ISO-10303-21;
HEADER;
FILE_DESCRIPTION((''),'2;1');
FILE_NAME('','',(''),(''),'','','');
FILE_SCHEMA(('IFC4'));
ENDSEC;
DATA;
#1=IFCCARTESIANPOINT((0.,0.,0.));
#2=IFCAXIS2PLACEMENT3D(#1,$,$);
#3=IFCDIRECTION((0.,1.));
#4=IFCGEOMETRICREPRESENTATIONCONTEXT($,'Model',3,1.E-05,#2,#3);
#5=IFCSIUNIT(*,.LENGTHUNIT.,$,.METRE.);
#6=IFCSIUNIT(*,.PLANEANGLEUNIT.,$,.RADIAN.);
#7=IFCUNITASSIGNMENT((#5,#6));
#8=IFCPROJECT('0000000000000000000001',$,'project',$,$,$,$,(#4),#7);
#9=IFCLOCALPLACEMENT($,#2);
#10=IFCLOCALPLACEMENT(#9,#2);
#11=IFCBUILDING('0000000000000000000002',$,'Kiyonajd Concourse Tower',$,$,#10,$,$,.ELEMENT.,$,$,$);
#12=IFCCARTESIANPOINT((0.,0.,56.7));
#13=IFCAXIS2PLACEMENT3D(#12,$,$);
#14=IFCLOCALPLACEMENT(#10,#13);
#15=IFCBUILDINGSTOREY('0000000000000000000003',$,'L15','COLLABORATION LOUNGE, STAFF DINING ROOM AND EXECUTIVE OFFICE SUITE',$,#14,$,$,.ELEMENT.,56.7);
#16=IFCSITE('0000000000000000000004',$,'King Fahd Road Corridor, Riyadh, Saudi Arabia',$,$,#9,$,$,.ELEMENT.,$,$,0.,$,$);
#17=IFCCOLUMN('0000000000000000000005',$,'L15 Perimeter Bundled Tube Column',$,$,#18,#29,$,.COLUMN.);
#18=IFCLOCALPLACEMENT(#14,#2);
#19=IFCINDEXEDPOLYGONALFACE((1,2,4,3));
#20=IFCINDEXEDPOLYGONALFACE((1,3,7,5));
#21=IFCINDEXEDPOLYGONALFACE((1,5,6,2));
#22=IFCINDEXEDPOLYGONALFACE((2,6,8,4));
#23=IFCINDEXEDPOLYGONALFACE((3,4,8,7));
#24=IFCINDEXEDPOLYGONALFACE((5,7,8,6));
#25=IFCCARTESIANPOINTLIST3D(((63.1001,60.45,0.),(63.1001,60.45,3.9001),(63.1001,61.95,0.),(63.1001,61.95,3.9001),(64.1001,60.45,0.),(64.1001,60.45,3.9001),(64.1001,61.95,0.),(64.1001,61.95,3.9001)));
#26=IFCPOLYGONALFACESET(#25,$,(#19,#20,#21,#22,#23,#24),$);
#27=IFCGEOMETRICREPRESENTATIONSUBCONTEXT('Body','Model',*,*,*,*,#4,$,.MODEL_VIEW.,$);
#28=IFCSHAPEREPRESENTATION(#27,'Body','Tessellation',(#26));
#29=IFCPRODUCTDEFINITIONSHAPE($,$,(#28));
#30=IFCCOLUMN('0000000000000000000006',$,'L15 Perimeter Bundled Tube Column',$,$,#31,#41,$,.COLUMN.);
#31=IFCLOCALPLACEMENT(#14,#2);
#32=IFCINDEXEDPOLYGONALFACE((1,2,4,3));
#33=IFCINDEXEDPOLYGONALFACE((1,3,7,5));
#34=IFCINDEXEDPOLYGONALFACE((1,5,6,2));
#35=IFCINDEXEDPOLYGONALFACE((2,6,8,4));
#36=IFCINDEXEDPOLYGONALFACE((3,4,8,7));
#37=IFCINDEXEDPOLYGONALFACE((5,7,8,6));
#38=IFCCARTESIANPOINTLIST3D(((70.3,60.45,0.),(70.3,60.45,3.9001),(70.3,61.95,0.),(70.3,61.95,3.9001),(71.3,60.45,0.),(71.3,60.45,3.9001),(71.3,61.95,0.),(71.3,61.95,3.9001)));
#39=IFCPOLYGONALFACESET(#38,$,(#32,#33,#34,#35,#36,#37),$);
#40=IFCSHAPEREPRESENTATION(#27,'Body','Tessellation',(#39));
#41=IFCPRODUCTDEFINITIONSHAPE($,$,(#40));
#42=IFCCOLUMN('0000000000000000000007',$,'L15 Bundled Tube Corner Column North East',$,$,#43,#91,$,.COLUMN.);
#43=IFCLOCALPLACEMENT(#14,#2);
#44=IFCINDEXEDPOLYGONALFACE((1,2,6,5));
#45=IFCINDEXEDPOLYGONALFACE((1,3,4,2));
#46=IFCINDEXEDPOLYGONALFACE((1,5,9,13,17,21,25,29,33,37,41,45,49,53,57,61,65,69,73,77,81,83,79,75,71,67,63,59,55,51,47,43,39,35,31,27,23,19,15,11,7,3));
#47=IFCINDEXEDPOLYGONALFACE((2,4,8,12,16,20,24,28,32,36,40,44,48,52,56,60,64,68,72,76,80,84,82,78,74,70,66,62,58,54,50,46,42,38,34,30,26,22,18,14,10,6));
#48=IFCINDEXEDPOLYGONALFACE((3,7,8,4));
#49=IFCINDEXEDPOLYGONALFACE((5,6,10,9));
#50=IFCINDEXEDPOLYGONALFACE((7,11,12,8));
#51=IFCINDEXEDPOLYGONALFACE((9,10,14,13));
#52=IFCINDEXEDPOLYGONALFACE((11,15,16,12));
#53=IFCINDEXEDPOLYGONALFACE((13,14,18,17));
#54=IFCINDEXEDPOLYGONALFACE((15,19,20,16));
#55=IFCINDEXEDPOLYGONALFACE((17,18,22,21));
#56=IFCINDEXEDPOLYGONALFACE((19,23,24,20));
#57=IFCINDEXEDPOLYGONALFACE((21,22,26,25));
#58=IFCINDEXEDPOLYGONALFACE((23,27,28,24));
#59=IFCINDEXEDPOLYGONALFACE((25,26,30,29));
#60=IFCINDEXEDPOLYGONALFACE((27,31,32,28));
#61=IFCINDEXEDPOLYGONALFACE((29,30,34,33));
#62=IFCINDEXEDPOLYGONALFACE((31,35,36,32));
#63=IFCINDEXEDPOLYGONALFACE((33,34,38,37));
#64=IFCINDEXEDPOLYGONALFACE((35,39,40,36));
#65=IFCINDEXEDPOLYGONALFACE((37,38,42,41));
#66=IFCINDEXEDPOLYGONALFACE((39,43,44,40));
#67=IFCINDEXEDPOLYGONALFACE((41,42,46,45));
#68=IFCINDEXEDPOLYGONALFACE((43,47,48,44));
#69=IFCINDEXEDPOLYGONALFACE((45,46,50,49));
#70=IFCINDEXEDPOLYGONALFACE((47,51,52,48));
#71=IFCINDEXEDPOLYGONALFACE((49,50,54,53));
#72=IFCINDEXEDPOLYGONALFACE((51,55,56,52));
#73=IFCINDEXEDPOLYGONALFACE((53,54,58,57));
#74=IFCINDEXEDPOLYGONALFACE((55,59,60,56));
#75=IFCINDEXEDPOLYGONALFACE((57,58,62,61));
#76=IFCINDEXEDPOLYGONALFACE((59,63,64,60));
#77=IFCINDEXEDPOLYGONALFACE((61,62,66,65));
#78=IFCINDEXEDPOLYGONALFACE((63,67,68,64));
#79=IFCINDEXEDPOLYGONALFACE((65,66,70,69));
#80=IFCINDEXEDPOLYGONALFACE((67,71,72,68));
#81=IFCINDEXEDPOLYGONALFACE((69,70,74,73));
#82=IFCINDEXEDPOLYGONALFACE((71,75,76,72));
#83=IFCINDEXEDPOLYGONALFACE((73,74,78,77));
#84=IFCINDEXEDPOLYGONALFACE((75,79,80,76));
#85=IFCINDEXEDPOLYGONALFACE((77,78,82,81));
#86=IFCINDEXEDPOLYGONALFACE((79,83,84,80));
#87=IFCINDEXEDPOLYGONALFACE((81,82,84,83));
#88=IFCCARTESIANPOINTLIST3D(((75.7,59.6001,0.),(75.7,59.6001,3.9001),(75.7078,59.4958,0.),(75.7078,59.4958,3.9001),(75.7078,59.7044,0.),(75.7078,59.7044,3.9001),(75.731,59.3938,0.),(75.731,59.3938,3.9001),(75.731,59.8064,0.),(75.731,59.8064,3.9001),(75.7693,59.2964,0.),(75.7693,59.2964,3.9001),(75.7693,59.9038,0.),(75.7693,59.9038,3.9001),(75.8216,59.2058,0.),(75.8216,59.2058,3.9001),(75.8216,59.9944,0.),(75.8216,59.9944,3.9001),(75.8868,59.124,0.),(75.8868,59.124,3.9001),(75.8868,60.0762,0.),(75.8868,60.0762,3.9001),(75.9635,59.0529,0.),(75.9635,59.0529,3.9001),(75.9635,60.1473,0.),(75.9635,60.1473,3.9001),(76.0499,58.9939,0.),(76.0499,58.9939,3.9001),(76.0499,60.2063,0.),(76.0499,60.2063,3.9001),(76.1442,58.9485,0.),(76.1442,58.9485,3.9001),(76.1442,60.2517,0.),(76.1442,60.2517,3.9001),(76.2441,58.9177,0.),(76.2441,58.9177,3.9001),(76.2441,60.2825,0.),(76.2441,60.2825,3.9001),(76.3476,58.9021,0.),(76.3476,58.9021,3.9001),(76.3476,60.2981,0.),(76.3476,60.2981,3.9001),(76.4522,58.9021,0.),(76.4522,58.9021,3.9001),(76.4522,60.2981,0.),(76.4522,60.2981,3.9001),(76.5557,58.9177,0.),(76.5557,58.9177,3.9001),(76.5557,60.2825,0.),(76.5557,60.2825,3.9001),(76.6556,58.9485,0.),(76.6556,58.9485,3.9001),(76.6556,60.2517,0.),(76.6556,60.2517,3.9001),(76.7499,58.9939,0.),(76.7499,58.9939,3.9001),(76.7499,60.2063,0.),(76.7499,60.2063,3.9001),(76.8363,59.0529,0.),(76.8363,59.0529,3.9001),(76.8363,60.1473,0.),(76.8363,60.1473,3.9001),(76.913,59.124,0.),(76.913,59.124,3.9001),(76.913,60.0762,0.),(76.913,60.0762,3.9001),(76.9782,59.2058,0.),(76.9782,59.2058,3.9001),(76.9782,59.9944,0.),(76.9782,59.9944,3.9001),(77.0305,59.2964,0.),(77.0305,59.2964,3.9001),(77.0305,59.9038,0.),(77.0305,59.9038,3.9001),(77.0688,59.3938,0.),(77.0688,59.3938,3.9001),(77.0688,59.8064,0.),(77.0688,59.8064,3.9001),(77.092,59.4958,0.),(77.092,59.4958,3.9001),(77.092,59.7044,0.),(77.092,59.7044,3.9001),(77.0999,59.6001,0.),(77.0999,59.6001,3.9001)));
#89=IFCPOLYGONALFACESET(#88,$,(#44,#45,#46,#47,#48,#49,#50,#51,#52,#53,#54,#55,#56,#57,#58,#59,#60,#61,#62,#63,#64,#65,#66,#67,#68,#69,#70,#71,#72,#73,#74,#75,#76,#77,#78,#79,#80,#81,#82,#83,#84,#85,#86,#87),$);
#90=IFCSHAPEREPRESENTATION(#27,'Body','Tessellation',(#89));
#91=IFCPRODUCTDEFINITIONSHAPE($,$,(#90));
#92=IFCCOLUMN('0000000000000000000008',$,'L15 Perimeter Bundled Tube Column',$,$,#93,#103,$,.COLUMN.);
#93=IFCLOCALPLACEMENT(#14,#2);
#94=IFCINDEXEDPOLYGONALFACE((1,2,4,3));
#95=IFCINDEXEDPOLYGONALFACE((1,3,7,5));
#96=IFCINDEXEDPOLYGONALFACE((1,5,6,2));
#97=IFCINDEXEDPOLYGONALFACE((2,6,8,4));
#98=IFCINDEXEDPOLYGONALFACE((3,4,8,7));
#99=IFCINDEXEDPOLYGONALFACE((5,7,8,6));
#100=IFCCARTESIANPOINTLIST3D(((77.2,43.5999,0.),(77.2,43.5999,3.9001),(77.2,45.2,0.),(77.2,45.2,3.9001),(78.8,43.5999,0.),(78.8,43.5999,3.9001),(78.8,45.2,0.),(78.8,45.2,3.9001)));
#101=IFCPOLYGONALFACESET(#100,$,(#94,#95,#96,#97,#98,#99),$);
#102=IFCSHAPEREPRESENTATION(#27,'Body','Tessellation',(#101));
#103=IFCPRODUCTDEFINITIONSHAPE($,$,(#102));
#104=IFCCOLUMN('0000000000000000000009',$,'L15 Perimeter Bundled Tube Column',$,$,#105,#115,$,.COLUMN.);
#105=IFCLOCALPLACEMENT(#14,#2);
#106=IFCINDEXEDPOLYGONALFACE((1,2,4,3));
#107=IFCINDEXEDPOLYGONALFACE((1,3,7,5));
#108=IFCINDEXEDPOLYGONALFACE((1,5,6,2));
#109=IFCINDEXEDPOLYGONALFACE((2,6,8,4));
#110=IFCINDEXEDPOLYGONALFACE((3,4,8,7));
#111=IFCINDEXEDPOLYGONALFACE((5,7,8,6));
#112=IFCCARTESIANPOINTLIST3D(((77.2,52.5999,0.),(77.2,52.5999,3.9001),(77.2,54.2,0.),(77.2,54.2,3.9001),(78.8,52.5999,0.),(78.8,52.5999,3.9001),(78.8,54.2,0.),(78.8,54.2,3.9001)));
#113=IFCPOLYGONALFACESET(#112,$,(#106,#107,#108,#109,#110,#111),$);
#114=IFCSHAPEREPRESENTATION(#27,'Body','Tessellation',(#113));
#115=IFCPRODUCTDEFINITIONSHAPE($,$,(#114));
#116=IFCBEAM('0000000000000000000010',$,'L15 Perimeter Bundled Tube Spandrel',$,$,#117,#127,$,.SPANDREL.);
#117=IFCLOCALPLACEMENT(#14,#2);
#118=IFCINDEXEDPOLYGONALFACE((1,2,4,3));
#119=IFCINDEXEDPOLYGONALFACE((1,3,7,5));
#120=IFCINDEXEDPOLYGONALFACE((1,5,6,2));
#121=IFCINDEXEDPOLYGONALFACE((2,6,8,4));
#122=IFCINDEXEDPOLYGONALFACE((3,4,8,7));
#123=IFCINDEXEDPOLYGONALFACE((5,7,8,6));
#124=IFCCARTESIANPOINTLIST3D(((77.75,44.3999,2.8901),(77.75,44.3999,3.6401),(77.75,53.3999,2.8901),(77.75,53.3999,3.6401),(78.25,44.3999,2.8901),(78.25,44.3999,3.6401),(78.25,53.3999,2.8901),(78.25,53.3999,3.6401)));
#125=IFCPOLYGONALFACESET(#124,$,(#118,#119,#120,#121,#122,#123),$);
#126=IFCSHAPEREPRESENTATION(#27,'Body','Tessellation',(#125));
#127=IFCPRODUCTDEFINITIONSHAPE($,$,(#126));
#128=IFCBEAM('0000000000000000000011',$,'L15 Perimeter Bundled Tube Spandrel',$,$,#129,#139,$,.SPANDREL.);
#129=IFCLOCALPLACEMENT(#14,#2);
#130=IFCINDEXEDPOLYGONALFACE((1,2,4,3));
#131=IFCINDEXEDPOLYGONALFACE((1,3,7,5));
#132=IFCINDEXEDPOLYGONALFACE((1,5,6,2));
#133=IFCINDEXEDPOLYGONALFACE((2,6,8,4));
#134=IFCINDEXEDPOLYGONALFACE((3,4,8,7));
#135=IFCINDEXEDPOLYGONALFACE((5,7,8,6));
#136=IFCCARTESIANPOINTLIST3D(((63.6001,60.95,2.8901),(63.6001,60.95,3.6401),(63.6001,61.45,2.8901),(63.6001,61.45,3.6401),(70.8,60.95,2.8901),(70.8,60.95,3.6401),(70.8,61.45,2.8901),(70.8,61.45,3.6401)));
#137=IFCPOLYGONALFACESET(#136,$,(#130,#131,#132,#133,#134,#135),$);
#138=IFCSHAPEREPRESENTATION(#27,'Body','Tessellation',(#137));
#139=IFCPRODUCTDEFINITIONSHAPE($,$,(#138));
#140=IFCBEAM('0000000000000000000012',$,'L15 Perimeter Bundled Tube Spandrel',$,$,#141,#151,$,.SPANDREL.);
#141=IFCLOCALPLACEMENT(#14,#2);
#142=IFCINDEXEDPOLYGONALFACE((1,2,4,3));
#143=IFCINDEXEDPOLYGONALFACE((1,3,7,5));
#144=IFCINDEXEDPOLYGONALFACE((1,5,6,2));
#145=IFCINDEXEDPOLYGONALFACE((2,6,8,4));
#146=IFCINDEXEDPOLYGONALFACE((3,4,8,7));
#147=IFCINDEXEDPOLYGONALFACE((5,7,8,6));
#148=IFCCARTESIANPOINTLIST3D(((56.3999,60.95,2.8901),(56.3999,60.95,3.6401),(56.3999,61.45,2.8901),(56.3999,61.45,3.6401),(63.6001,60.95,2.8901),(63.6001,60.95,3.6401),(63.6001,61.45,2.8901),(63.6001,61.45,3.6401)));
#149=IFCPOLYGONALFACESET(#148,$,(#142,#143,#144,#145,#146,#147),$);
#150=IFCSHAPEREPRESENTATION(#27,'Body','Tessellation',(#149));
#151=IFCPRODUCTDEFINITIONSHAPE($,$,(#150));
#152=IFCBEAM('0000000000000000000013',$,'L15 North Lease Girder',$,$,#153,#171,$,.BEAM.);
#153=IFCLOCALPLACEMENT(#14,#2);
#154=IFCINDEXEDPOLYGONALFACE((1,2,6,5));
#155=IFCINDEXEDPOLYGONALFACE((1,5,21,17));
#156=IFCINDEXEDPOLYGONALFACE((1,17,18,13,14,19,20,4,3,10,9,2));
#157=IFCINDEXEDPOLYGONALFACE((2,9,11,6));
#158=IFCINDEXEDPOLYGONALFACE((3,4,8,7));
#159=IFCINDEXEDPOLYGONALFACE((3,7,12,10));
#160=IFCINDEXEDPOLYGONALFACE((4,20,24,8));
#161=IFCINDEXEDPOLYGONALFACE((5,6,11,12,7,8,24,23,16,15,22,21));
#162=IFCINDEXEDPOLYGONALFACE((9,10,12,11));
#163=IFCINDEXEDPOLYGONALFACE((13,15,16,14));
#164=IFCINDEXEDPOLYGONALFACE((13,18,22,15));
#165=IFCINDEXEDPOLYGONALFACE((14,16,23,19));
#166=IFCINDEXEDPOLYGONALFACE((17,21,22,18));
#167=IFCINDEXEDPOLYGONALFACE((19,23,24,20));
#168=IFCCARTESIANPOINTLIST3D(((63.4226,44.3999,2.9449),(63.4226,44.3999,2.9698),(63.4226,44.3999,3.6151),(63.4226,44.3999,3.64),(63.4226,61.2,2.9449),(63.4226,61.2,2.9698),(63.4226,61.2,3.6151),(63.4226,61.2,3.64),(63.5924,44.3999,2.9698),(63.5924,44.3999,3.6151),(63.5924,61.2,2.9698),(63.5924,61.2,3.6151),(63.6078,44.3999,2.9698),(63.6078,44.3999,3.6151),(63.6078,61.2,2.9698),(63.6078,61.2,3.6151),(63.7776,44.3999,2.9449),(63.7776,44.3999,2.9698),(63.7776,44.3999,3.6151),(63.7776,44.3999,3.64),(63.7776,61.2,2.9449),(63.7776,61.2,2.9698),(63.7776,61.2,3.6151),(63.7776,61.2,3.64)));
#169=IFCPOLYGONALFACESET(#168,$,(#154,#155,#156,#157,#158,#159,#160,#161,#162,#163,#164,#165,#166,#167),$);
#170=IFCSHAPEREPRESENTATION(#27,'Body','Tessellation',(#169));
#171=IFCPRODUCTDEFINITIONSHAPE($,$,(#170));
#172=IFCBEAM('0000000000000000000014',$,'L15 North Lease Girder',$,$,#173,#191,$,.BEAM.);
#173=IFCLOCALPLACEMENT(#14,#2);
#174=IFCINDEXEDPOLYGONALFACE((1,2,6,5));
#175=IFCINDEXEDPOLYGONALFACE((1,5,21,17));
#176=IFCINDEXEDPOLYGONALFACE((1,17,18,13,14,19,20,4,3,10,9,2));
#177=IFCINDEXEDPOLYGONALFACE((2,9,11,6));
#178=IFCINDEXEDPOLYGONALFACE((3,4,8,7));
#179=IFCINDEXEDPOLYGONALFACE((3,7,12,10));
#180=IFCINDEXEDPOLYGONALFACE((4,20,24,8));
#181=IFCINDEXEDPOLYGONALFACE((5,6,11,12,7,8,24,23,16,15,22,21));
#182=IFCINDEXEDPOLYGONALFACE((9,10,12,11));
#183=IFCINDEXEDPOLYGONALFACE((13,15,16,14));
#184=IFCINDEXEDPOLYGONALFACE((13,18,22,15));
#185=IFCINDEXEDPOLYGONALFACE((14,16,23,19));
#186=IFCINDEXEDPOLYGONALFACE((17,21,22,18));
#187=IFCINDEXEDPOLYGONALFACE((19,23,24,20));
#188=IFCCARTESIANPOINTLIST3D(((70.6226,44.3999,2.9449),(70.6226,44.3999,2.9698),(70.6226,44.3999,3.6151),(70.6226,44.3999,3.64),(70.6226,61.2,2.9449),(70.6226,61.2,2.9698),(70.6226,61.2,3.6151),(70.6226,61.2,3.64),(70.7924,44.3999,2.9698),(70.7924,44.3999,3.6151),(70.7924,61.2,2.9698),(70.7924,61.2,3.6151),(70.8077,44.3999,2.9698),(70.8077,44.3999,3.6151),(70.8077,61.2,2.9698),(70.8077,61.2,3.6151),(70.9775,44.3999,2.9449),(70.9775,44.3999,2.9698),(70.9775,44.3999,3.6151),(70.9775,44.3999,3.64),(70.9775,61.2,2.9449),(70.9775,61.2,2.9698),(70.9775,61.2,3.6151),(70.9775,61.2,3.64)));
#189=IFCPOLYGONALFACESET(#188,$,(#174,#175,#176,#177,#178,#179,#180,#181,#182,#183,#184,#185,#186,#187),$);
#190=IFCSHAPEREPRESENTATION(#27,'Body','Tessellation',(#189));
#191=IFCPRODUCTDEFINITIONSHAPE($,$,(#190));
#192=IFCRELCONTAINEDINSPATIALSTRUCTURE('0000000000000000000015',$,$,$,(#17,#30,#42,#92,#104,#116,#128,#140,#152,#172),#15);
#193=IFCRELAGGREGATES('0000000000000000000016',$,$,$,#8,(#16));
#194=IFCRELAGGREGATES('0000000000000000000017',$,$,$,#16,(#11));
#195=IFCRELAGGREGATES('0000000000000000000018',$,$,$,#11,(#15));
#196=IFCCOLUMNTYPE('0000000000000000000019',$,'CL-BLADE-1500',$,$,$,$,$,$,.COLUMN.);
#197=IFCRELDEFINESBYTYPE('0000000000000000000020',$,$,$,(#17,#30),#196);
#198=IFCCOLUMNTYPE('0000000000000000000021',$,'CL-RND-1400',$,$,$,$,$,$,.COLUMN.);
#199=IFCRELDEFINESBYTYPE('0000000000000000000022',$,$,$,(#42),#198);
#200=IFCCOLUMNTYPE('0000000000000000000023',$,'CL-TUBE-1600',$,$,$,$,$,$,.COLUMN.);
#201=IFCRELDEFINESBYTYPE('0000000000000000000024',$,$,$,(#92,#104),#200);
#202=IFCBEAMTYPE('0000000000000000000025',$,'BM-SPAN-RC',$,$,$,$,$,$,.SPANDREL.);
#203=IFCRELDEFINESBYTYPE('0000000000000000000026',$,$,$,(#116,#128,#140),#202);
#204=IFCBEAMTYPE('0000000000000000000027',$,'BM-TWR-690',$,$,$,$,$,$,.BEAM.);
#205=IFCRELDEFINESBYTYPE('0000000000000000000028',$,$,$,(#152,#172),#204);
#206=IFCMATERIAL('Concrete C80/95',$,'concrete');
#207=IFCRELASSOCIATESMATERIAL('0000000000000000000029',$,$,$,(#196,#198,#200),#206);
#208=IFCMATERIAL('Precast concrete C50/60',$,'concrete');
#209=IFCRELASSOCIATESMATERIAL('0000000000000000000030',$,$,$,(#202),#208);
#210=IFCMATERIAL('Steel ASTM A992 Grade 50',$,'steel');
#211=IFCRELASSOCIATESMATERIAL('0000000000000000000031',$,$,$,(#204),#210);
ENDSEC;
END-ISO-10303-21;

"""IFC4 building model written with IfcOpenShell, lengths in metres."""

from ifc_helpers import new_model, si_unit, direction, frame, origin, origin_2d, place, context, subcontext, project, spatial, rectangle, circle, i_section, extrude, material, material_profile, profile_set, type_object, element, save


model = new_model("IFC4")

# Units and contexts
model_context = context("Model", 3, precision=1e-05, world=origin(), true_north=direction((0.0, 1.0)))
body_context = subcontext(model_context, "Body", "Model", "MODEL_VIEW")
ifc_project = project(units=[si_unit("LENGTHUNIT", "METRE"), si_unit("PLANEANGLEUNIT", "RADIAN")], contexts=[model_context])

# Site, building, storey
site_placement = place(None, origin())
site = spatial("IfcSite", under=ifc_project, at=site_placement, Name="King Fahd Road Corridor, Riyadh, Saudi Arabia", CompositionType="ELEMENT", RefElevation=0.0)
building_placement = place(site_placement, origin())
building = spatial("IfcBuilding", under=site, at=building_placement, Name="Kiyonajd Concourse Tower", CompositionType="ELEMENT")
storey_placement = place(building_placement, frame((0.0, 0.0, 56.7)))
storey = spatial("IfcBuildingStorey", under=building, at=storey_placement, Name="L15", Description="COLLABORATION LOUNGE, STAFF DINING ROOM AND EXECUTIVE OFFICE SUITE", CompositionType="ELEMENT", Elevation=56.7)

# Columns
ifc_material_1 = material(Name="Concrete C80/95", Category="concrete")
ifc_material_profile_1 = material_profile(ifc_material_1, rectangle(XDim=1.0, YDim=1.5, at=origin_2d()), Name="RC-1500x1000")
ifc_profile_set_1 = profile_set([ifc_material_profile_1], Name="Concrete C80/95")
column_type_1 = type_object("IfcColumnType", Name="CL-BLADE-1500", PredefinedType="COLUMN", material=ifc_profile_set_1)
for number, where, z_axis, x_axis, name in (
    (1, (63.6001, 61.2, 0.0), (0.0, 0.0, 1.0), (1.0, 0.0, 0.0), "L15 Perimeter Bundled Tube Column"),
    (2, (70.8, 61.2, 0.0), (0.0, 0.0, 1.0), (1.0, 0.0, 0.0), "L15 Perimeter Bundled Tube Column"),
):
    element("IfcColumn", number, at=place(storey_placement, frame(where, z_axis=z_axis, x_axis=x_axis)), inside=storey, type_object=column_type_1, Name=name, PredefinedType="COLUMN", context=body_context, shape_type="SweptSolid", body=[
        extrude(rectangle(XDim=1.0, YDim=1.5, at=origin_2d()), origin(), (0.0, 0.0, 1.0), 3.9001),
    ])
ifc_material_profile_2 = material_profile(ifc_material_1, circle(Radius=0.7, at=origin_2d()), Name="RCC-D1400")
ifc_profile_set_2 = profile_set([ifc_material_profile_2], Name="Concrete C80/95")
column_type_2 = type_object("IfcColumnType", Name="CL-RND-1400", PredefinedType="COLUMN", material=ifc_profile_set_2)
column_placement = place(storey_placement, frame((76.3999, 59.6001, 0.0), z_axis=(0.0, 0.0, 1.0), x_axis=(1.0, 0.0, 0.0)))
element("IfcColumn", 3, at=column_placement, inside=storey, type_object=column_type_2, Name="L15 Bundled Tube Corner Column North East", PredefinedType="COLUMN", context=body_context, shape_type="SweptSolid", body=[
    extrude(circle(Radius=0.7, at=origin_2d()), origin(), (0.0, 0.0, 1.0), 3.9001),
])
ifc_material_profile_3 = material_profile(ifc_material_1, rectangle(XDim=1.6001, YDim=1.6001, at=origin_2d()), Name="RC-1600x1600")
ifc_profile_set_3 = profile_set([ifc_material_profile_3], Name="Concrete C80/95")
column_type_3 = type_object("IfcColumnType", Name="CL-TUBE-1600", PredefinedType="COLUMN", material=ifc_profile_set_3)
for number, where, z_axis, x_axis, name in (
    (4, (78.0, 44.3999, 0.0), (0.0, 0.0, 1.0), (1.0, 0.0, 0.0), "L15 Perimeter Bundled Tube Column"),
    (5, (78.0, 53.3999, 0.0), (0.0, 0.0, 1.0), (1.0, 0.0, 0.0), "L15 Perimeter Bundled Tube Column"),
):
    element("IfcColumn", number, at=place(storey_placement, frame(where, z_axis=z_axis, x_axis=x_axis)), inside=storey, type_object=column_type_3, Name=name, PredefinedType="COLUMN", context=body_context, shape_type="SweptSolid", body=[
        extrude(rectangle(XDim=1.6001, YDim=1.6001, at=origin_2d()), origin(), (0.0, 0.0, 1.0), 3.9001),
    ])

# Beams
ifc_material_2 = material(Name="Precast concrete C50/60", Category="concrete")
ifc_material_profile_4 = material_profile(ifc_material_2, rectangle(XDim=0.5, YDim=0.75, at=origin_2d()), Name="RCBM-500x750")
ifc_profile_set_4 = profile_set([ifc_material_profile_4], Name="Precast concrete C50/60")
beam_type_1 = type_object("IfcBeamType", Name="BM-SPAN-RC", PredefinedType="SPANDREL", material=ifc_profile_set_4)
beam_1_placement = place(storey_placement, frame((78.0, 44.3999, 3.2651), z_axis=(0.0, 1.0, 0.0), x_axis=(-1.0, 0.0, 0.0)))
element("IfcBeam", 6, at=beam_1_placement, inside=storey, type_object=beam_type_1, Name="L15 Perimeter Bundled Tube Spandrel", PredefinedType="SPANDREL", context=body_context, shape_type="SweptSolid", body=[
    extrude(rectangle(XDim=0.5, YDim=0.75, at=origin_2d()), origin(), (0.0, 0.0, 1.0), 9.0),
])
beam_2_placement = place(storey_placement, frame((70.8, 61.2, 3.2651), z_axis=(-1.0, 0.0, 0.0), x_axis=(0.0, -1.0, 0.0)))
element("IfcBeam", 7, at=beam_2_placement, inside=storey, type_object=beam_type_1, Name="L15 Perimeter Bundled Tube Spandrel", PredefinedType="SPANDREL", context=body_context, shape_type="SweptSolid", body=[
    extrude(rectangle(XDim=0.5, YDim=0.75, at=origin_2d()), origin(), (0.0, 0.0, 1.0), 7.2),
])
beam_3_placement = place(storey_placement, frame((63.6001, 61.2, 3.2651), z_axis=(-1.0, 0.0, 0.0), x_axis=(0.0, -1.0, 0.0)))
element("IfcBeam", 8, at=beam_3_placement, inside=storey, type_object=beam_type_1, Name="L15 Perimeter Bundled Tube Spandrel", PredefinedType="SPANDREL", context=body_context, shape_type="SweptSolid", body=[
    extrude(rectangle(XDim=0.5, YDim=0.75, at=origin_2d()), origin(), (0.0, 0.0, 1.0), 7.2002),
])
ifc_material_3 = material(Name="Steel ASTM A992 Grade 50", Category="steel")
ifc_material_profile_5 = material_profile(ifc_material_3, i_section(OverallWidth=0.355, OverallDepth=0.6951, WebThickness=0.0154, FlangeThickness=0.0249, at=origin_2d()), Name="W690X217")
ifc_profile_set_5 = profile_set([ifc_material_profile_5], Name="Steel ASTM A992 Grade 50")
beam_type_2 = type_object("IfcBeamType", Name="BM-TWR-690", PredefinedType="BEAM", material=ifc_profile_set_5)
for number, where, z_axis, x_axis, name in (
    (9, (63.6001, 44.3999, 3.2925), (0.0, 1.0, 0.0), (-1.0, 0.0, 0.0), "L15 North Lease Girder"),
    (10, (70.8, 44.3999, 3.2925), (0.0, 1.0, 0.0), (-1.0, 0.0, 0.0), "L15 North Lease Girder"),
):
    element("IfcBeam", number, at=place(storey_placement, frame(where, z_axis=z_axis, x_axis=x_axis)), inside=storey, type_object=beam_type_2, Name=name, PredefinedType="BEAM", context=body_context, shape_type="SweptSolid", body=[
        extrude(i_section(OverallWidth=0.355, OverallDepth=0.6951, WebThickness=0.0154, FlangeThickness=0.0249, at=origin_2d()), origin(), (0.0, 0.0, 1.0), 16.8),
    ])

save(model, "model.ifc")
